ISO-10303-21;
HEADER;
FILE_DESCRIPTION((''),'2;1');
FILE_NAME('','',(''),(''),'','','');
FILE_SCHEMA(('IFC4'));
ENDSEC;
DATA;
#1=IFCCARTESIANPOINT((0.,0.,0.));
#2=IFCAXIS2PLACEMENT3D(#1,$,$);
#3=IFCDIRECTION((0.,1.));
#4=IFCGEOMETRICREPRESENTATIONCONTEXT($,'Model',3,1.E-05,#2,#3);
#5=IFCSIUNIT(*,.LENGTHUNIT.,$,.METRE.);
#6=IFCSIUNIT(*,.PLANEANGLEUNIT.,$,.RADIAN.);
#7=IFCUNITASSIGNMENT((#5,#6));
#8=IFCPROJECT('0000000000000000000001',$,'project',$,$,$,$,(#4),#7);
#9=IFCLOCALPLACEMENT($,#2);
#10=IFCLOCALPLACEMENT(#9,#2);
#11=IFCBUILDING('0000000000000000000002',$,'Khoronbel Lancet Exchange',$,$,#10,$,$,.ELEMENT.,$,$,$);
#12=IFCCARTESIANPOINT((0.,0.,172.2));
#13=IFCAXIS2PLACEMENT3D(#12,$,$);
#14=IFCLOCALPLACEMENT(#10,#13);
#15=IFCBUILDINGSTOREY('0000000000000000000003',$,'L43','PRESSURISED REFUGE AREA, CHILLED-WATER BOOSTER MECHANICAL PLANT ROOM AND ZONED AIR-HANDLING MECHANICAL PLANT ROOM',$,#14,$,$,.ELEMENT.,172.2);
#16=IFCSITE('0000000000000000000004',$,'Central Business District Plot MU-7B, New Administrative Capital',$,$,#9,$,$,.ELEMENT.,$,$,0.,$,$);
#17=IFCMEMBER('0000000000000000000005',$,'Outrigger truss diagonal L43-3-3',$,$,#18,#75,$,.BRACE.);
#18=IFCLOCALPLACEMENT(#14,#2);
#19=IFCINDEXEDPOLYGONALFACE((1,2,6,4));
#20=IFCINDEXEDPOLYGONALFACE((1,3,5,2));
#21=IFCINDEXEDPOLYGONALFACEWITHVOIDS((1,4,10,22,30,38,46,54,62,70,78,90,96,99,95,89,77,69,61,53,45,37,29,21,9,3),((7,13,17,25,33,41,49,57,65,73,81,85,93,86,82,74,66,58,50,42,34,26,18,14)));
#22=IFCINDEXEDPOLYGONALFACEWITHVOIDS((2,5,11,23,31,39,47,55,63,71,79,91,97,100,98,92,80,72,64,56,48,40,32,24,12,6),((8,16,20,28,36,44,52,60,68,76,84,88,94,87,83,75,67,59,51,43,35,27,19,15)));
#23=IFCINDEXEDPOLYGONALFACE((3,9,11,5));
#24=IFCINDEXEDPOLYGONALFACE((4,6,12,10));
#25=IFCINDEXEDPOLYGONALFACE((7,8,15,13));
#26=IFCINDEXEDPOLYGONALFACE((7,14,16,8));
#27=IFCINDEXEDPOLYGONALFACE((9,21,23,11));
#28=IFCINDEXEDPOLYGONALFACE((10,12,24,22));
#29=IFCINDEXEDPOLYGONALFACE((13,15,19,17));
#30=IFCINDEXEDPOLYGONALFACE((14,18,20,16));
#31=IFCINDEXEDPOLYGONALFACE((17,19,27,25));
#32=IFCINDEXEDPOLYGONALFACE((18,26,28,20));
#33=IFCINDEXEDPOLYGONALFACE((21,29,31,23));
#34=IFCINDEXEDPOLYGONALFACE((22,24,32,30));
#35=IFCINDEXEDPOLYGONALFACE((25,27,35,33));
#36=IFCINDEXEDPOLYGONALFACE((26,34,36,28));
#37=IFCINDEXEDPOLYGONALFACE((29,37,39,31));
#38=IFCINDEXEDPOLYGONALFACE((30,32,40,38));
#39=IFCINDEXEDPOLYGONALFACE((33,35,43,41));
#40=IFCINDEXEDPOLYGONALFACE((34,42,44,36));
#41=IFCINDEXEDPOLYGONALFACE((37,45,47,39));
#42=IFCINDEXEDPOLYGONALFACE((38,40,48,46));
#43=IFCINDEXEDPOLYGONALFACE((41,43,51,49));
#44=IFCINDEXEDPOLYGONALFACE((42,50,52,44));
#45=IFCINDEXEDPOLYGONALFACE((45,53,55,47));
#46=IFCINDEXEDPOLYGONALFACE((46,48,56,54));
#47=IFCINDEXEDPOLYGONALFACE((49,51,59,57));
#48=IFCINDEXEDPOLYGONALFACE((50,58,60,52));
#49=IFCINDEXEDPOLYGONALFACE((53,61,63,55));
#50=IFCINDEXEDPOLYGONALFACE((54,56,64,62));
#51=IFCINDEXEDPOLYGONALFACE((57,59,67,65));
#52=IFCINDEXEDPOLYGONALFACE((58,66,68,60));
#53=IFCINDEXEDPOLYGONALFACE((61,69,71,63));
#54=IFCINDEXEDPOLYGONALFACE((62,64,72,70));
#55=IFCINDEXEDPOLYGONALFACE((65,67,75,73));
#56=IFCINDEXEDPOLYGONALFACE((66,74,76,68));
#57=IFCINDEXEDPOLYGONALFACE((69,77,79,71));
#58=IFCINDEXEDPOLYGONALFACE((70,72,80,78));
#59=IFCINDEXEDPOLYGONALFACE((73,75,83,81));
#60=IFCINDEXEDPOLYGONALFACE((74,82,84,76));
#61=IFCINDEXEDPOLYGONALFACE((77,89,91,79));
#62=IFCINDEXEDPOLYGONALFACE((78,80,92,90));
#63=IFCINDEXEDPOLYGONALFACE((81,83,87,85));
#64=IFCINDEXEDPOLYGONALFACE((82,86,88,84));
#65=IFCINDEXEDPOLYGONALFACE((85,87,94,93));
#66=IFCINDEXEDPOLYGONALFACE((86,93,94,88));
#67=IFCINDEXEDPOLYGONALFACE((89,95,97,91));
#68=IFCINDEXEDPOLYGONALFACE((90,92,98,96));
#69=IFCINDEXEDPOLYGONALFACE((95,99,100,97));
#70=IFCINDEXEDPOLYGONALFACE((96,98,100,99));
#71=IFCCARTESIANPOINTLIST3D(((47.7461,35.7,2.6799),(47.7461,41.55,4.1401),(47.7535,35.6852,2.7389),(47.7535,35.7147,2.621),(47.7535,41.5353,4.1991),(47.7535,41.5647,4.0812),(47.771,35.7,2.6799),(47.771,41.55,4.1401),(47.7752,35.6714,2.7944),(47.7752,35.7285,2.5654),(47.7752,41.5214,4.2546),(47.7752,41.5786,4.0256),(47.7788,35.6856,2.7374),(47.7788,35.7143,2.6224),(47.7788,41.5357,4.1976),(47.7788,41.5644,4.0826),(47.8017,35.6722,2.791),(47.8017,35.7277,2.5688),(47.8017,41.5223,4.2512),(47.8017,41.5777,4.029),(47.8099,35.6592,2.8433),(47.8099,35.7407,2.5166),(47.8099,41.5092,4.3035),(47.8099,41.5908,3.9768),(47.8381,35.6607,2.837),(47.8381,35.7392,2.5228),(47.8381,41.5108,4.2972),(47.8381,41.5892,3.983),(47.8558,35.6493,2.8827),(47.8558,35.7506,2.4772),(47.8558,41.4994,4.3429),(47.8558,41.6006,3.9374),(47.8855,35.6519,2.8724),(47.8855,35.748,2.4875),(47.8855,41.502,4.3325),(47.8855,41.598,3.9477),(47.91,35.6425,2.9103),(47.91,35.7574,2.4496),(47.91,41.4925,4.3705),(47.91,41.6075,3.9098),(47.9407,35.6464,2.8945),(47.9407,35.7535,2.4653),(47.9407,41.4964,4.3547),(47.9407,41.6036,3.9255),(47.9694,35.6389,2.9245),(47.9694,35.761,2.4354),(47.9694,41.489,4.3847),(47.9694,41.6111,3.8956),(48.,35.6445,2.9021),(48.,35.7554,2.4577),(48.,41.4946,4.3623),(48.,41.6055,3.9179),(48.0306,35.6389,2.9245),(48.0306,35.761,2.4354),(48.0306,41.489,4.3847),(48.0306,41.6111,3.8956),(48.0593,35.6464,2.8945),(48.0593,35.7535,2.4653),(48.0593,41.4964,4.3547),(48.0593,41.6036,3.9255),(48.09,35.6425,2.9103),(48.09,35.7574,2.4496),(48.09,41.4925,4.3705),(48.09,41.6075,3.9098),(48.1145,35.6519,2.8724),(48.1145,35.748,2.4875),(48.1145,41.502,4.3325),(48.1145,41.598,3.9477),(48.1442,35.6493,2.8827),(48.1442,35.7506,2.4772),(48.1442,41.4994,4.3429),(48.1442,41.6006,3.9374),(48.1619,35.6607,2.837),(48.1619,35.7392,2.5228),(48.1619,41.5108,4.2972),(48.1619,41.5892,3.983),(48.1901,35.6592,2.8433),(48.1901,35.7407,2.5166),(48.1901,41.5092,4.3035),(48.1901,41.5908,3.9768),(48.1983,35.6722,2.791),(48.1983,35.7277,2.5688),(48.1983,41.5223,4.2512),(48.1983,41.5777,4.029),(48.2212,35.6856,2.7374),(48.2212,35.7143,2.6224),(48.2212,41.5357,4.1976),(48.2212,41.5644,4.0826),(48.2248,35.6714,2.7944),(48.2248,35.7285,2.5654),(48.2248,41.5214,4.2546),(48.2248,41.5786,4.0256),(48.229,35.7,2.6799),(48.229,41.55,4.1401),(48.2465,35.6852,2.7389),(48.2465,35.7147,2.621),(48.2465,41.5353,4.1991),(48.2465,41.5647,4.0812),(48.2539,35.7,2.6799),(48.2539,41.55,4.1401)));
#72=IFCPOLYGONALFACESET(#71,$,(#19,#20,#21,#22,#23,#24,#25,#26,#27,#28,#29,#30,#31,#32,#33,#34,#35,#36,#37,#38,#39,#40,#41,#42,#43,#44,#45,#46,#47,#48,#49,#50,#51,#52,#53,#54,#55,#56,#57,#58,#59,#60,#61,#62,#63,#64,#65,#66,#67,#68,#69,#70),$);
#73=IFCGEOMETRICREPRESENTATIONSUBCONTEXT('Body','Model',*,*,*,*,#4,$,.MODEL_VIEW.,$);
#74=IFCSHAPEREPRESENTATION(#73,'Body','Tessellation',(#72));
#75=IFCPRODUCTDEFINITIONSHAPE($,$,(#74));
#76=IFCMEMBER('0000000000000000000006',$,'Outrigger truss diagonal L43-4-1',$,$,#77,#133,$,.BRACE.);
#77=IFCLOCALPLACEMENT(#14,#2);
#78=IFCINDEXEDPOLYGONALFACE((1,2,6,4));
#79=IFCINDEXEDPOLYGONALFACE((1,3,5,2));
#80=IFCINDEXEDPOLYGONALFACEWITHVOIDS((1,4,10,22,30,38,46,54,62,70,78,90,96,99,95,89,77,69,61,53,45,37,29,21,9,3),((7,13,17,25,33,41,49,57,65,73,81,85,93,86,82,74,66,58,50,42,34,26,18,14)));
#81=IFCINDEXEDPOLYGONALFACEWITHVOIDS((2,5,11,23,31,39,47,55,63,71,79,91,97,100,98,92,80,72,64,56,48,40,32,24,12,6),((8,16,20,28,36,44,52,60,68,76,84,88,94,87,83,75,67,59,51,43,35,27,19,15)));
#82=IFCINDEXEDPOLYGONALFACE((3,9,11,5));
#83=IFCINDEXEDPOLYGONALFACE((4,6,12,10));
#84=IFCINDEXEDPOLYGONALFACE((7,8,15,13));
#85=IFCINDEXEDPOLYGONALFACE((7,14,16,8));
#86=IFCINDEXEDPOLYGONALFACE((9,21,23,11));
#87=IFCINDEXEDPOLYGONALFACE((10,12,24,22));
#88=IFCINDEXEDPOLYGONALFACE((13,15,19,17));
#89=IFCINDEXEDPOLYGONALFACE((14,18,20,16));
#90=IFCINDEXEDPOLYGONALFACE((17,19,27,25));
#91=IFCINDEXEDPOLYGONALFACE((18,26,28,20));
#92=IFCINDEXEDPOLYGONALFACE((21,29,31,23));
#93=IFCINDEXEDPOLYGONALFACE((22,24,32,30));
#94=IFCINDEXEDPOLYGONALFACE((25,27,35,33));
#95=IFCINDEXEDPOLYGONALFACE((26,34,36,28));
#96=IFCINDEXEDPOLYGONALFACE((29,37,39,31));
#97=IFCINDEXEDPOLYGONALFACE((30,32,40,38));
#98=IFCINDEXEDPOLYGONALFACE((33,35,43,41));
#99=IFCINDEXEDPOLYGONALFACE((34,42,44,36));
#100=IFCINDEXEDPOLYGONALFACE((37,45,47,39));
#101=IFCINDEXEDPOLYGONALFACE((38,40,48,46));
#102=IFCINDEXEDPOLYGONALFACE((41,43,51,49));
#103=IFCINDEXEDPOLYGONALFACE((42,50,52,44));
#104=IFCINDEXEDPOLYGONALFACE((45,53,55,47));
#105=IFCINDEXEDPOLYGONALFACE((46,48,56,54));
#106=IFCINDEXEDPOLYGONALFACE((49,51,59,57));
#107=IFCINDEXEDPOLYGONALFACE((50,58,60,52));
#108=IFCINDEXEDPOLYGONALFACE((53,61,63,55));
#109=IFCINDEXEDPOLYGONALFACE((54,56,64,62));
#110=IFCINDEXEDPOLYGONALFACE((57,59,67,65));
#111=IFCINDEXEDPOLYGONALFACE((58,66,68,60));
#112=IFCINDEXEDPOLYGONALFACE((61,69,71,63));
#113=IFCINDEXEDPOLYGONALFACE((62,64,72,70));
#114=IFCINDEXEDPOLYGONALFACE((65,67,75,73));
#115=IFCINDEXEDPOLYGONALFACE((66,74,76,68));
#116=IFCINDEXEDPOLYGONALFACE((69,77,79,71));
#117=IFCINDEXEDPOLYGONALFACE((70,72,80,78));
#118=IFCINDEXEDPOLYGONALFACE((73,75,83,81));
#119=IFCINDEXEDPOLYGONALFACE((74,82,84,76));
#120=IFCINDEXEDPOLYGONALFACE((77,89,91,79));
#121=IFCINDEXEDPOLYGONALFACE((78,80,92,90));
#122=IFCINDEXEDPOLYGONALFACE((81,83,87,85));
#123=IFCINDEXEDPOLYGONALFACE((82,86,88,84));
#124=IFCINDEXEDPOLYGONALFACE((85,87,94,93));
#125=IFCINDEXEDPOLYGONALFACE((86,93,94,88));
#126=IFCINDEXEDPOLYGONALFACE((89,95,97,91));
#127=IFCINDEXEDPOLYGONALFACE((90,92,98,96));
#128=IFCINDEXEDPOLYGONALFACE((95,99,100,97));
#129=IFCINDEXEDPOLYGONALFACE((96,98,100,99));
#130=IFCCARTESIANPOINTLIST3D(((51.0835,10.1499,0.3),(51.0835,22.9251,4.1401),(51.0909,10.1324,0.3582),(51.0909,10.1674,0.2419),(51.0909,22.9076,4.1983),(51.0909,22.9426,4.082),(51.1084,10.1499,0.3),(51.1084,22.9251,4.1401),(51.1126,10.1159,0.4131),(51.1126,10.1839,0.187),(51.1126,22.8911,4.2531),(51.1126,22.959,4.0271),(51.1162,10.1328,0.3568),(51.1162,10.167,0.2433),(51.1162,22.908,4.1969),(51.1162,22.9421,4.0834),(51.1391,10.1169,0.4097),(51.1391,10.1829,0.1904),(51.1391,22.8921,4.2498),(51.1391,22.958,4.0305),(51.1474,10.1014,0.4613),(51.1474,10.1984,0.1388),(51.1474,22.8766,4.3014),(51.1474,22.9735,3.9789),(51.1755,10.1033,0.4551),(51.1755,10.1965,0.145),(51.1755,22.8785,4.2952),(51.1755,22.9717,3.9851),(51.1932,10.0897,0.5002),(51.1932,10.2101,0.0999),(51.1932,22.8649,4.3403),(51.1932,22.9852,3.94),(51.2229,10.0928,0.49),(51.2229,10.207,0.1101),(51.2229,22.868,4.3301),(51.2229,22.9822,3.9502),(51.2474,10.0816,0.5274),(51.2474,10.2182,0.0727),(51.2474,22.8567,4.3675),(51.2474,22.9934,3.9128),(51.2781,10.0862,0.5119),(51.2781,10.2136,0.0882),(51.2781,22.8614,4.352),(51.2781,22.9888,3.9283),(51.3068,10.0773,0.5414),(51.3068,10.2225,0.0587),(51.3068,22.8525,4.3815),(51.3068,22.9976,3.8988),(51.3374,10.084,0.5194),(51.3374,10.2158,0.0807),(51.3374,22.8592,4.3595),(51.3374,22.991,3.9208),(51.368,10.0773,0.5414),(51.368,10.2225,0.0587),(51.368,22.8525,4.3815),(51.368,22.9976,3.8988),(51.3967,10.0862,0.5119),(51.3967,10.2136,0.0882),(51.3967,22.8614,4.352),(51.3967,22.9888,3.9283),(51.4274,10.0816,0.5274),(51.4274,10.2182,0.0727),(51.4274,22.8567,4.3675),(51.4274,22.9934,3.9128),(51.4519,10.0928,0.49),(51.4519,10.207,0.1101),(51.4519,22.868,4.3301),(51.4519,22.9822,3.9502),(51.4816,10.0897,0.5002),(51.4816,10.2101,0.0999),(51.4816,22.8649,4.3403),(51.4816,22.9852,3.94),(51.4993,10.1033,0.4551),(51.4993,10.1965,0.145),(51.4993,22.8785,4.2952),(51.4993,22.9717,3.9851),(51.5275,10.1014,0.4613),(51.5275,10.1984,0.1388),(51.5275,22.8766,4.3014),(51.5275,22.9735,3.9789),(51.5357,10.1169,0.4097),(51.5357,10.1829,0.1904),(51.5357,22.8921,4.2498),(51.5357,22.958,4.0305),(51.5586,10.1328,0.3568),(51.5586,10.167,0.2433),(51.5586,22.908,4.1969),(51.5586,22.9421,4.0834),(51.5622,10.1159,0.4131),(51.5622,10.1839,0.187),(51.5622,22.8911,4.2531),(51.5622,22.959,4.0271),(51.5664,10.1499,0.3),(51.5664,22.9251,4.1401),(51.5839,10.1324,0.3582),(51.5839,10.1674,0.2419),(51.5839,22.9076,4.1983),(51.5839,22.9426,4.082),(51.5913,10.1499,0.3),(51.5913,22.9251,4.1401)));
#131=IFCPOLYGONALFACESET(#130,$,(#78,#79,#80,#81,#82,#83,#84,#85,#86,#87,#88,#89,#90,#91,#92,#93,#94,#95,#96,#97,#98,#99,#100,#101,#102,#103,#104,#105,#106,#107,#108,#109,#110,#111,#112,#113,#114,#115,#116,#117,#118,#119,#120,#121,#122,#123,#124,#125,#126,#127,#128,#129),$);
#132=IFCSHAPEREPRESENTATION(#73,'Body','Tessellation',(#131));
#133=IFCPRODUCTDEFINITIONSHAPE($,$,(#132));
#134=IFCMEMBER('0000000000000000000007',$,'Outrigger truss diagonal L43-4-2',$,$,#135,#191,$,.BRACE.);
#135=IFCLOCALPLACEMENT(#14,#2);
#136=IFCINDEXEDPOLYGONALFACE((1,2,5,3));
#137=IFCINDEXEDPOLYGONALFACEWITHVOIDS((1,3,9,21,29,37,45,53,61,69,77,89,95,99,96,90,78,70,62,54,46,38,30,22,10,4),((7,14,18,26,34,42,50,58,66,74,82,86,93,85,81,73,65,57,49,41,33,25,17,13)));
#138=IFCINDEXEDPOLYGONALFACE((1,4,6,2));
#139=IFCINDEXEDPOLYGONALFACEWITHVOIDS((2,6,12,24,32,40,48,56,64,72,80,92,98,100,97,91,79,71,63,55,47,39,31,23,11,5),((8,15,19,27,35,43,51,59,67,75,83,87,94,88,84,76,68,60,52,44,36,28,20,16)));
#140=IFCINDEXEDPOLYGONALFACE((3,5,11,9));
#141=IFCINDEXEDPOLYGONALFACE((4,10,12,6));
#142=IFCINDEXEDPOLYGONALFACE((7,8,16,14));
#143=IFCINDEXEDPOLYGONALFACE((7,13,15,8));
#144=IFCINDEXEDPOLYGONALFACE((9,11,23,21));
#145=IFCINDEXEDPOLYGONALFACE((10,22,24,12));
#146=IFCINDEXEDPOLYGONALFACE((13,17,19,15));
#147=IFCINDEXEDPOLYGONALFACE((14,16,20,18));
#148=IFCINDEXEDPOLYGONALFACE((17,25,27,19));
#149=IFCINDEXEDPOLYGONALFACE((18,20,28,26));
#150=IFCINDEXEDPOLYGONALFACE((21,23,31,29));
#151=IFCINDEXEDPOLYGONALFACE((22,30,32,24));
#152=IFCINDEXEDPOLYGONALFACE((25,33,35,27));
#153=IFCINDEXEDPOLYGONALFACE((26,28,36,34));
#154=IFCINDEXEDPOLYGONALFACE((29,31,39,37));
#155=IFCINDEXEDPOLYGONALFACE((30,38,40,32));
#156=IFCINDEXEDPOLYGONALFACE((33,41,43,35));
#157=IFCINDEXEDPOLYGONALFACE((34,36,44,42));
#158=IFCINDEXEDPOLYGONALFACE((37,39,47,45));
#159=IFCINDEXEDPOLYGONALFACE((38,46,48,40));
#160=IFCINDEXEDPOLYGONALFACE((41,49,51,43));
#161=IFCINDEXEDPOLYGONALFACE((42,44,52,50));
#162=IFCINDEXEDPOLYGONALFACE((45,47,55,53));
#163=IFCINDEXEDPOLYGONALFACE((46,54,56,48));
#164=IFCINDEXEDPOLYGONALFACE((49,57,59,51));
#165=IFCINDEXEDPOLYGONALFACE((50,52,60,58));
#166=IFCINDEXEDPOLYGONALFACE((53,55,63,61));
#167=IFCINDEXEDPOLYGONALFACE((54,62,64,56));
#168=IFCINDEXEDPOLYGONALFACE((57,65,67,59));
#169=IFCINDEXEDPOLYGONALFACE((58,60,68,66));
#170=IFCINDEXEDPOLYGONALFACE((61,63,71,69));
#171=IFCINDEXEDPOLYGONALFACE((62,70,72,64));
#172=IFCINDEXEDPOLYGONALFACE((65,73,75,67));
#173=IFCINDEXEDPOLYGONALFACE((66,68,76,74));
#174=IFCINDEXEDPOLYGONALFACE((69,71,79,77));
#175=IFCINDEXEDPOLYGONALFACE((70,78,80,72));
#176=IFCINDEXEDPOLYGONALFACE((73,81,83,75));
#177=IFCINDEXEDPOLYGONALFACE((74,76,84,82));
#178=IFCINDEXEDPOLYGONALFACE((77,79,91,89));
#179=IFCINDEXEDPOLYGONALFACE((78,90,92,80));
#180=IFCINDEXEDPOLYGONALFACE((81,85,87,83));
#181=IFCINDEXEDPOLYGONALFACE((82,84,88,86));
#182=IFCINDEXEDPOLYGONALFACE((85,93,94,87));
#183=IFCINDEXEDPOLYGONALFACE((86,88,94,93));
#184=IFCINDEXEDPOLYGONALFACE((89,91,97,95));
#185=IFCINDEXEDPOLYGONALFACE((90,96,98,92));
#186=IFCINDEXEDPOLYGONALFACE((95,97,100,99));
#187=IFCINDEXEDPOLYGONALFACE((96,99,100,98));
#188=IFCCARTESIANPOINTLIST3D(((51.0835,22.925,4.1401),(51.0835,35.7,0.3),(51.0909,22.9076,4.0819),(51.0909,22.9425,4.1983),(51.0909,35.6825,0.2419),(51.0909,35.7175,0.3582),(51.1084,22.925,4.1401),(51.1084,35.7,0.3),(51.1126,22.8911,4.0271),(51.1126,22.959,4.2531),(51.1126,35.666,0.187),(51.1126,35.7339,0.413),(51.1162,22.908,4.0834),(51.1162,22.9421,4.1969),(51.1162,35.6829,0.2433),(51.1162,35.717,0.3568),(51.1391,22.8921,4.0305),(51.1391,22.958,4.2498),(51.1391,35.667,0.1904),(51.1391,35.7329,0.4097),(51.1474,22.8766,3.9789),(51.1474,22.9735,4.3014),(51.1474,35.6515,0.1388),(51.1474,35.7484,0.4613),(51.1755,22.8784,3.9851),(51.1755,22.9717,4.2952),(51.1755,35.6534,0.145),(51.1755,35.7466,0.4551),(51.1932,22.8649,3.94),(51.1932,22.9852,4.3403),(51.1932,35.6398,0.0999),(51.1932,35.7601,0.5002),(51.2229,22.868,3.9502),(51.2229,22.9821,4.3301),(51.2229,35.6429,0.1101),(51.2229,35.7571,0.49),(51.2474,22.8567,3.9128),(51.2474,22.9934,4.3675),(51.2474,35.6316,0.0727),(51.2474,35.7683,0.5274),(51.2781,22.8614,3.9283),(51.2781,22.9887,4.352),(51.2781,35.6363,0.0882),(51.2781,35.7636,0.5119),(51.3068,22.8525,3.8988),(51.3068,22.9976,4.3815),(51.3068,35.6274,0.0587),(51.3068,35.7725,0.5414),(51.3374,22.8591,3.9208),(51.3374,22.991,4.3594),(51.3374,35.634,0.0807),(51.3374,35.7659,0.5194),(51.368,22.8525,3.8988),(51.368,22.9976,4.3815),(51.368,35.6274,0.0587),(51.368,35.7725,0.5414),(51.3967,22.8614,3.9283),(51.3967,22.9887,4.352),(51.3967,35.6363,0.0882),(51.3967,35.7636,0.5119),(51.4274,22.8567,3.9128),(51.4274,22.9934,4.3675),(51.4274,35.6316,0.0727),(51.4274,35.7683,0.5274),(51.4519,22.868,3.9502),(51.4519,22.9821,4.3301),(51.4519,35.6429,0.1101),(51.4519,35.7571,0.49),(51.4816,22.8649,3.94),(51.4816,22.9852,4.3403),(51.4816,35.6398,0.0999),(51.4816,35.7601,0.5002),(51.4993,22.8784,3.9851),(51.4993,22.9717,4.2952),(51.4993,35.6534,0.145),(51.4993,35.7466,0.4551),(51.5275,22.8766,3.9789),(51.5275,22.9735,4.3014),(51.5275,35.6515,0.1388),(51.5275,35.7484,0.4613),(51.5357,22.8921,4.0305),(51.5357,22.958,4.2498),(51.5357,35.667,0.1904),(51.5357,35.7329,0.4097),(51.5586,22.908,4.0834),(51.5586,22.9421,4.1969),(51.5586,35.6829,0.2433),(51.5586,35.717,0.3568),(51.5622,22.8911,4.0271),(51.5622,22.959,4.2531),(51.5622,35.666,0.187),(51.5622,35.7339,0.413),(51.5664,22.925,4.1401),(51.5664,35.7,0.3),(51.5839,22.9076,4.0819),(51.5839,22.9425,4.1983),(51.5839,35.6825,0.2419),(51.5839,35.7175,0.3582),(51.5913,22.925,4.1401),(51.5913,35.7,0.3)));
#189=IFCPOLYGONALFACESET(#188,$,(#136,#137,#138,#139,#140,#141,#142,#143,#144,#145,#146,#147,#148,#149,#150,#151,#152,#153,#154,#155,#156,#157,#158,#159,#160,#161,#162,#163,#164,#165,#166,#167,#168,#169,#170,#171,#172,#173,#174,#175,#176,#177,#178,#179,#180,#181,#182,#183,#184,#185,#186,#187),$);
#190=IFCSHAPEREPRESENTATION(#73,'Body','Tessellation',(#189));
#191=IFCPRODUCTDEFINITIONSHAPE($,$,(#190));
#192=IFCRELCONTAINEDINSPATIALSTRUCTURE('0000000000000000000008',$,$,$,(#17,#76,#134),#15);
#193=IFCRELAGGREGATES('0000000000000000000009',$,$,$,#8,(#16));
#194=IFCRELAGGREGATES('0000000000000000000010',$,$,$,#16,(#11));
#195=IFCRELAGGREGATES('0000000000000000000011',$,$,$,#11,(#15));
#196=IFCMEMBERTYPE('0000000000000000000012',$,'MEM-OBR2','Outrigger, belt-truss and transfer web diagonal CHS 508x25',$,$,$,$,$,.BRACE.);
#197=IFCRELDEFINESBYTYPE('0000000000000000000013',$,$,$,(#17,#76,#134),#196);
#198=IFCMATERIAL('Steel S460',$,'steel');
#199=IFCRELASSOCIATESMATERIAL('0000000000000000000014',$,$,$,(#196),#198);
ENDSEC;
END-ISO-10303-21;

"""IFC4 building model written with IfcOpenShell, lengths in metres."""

from ifc_helpers import new_model, si_unit, direction, frame, origin, origin_2d, place, context, subcontext, project, spatial, hollow_circle, extrude, material, material_profile, profile_set, type_object, element, save


model = new_model("IFC4")

# Units and contexts
model_context = context("Model", 3, precision=1e-05, world=origin(), true_north=direction((0.0, 1.0)))
body_context = subcontext(model_context, "Body", "Model", "MODEL_VIEW")
ifc_project = project(units=[si_unit("LENGTHUNIT", "METRE"), si_unit("PLANEANGLEUNIT", "RADIAN")], contexts=[model_context])

# Site, building, storey
site_placement = place(None, origin())
site = spatial("IfcSite", under=ifc_project, at=site_placement, Name="Central Business District Plot MU-7B, New Administrative Capital", CompositionType="ELEMENT", RefElevation=0.0)
building_placement = place(site_placement, origin())
building = spatial("IfcBuilding", under=site, at=building_placement, Name="Khoronbel Lancet Exchange", CompositionType="ELEMENT")
storey_placement = place(building_placement, frame((0.0, 0.0, 172.2)))
storey = spatial("IfcBuildingStorey", under=building, at=storey_placement, Name="L43", Description="PRESSURISED REFUGE AREA, CHILLED-WATER BOOSTER MECHANICAL PLANT ROOM AND ZONED AIR-HANDLING MECHANICAL PLANT ROOM", CompositionType="ELEMENT", Elevation=172.2)

# Shared definitions
ifc_material_1 = material(Name="Steel S460", Category="steel")

# Members
ifc_material_profile_1 = material_profile(ifc_material_1, hollow_circle(Radius=0.2539, WallThickness=0.0249, at=origin_2d()), Name="CHS 508x25")
ifc_profile_set_1 = profile_set([ifc_material_profile_1], Name="Steel S460")
member_type_1 = type_object("IfcMemberType", Name="MEM-OBR2", Description="Outrigger, belt-truss and transfer web diagonal CHS 508x25", PredefinedType="BRACE", material=ifc_profile_set_1)
member_1_placement = place(storey_placement, frame((48.0, 35.7, 2.6799), z_axis=(0.0, 0.970233, 0.242174), x_axis=(-1.0, 0.0, 0.0)))
element("IfcMember", 1, at=member_1_placement, inside=storey, type_object=member_type_1, Name="Outrigger truss diagonal L43-3-3", PredefinedType="BRACE", context=body_context, shape_type="SweptSolid", body=[
    extrude(hollow_circle(Radius=0.2539, WallThickness=0.0249, at=origin_2d()), origin(), (0.0, 0.0, 1.0), 6.0295),
])
member_2_placement = place(storey_placement, frame((51.3374, 10.1499, 0.3), z_axis=(0.0, 0.95767, 0.287867), x_axis=(-1.0, 0.0, 0.0)))
element("IfcMember", 2, at=member_2_placement, inside=storey, type_object=member_type_1, Name="Outrigger truss diagonal L43-4-1", PredefinedType="BRACE", context=body_context, shape_type="SweptSolid", body=[
    extrude(hollow_circle(Radius=0.2539, WallThickness=0.0249, at=origin_2d()), origin(), (0.0, 0.0, 1.0), 13.3398),
])
member_3_placement = place(storey_placement, frame((51.3374, 22.925, 4.1401), z_axis=(0.0, 0.957669, -0.287872), x_axis=(-1.0, 0.0, 0.0)))
element("IfcMember", 3, at=member_3_placement, inside=storey, type_object=member_type_1, Name="Outrigger truss diagonal L43-4-2", PredefinedType="BRACE", context=body_context, shape_type="SweptSolid", body=[
    extrude(hollow_circle(Radius=0.2539, WallThickness=0.0249, at=origin_2d()), origin(), (0.0, 0.0, 1.0), 13.3396),
])

save(model, "model.ifc")
